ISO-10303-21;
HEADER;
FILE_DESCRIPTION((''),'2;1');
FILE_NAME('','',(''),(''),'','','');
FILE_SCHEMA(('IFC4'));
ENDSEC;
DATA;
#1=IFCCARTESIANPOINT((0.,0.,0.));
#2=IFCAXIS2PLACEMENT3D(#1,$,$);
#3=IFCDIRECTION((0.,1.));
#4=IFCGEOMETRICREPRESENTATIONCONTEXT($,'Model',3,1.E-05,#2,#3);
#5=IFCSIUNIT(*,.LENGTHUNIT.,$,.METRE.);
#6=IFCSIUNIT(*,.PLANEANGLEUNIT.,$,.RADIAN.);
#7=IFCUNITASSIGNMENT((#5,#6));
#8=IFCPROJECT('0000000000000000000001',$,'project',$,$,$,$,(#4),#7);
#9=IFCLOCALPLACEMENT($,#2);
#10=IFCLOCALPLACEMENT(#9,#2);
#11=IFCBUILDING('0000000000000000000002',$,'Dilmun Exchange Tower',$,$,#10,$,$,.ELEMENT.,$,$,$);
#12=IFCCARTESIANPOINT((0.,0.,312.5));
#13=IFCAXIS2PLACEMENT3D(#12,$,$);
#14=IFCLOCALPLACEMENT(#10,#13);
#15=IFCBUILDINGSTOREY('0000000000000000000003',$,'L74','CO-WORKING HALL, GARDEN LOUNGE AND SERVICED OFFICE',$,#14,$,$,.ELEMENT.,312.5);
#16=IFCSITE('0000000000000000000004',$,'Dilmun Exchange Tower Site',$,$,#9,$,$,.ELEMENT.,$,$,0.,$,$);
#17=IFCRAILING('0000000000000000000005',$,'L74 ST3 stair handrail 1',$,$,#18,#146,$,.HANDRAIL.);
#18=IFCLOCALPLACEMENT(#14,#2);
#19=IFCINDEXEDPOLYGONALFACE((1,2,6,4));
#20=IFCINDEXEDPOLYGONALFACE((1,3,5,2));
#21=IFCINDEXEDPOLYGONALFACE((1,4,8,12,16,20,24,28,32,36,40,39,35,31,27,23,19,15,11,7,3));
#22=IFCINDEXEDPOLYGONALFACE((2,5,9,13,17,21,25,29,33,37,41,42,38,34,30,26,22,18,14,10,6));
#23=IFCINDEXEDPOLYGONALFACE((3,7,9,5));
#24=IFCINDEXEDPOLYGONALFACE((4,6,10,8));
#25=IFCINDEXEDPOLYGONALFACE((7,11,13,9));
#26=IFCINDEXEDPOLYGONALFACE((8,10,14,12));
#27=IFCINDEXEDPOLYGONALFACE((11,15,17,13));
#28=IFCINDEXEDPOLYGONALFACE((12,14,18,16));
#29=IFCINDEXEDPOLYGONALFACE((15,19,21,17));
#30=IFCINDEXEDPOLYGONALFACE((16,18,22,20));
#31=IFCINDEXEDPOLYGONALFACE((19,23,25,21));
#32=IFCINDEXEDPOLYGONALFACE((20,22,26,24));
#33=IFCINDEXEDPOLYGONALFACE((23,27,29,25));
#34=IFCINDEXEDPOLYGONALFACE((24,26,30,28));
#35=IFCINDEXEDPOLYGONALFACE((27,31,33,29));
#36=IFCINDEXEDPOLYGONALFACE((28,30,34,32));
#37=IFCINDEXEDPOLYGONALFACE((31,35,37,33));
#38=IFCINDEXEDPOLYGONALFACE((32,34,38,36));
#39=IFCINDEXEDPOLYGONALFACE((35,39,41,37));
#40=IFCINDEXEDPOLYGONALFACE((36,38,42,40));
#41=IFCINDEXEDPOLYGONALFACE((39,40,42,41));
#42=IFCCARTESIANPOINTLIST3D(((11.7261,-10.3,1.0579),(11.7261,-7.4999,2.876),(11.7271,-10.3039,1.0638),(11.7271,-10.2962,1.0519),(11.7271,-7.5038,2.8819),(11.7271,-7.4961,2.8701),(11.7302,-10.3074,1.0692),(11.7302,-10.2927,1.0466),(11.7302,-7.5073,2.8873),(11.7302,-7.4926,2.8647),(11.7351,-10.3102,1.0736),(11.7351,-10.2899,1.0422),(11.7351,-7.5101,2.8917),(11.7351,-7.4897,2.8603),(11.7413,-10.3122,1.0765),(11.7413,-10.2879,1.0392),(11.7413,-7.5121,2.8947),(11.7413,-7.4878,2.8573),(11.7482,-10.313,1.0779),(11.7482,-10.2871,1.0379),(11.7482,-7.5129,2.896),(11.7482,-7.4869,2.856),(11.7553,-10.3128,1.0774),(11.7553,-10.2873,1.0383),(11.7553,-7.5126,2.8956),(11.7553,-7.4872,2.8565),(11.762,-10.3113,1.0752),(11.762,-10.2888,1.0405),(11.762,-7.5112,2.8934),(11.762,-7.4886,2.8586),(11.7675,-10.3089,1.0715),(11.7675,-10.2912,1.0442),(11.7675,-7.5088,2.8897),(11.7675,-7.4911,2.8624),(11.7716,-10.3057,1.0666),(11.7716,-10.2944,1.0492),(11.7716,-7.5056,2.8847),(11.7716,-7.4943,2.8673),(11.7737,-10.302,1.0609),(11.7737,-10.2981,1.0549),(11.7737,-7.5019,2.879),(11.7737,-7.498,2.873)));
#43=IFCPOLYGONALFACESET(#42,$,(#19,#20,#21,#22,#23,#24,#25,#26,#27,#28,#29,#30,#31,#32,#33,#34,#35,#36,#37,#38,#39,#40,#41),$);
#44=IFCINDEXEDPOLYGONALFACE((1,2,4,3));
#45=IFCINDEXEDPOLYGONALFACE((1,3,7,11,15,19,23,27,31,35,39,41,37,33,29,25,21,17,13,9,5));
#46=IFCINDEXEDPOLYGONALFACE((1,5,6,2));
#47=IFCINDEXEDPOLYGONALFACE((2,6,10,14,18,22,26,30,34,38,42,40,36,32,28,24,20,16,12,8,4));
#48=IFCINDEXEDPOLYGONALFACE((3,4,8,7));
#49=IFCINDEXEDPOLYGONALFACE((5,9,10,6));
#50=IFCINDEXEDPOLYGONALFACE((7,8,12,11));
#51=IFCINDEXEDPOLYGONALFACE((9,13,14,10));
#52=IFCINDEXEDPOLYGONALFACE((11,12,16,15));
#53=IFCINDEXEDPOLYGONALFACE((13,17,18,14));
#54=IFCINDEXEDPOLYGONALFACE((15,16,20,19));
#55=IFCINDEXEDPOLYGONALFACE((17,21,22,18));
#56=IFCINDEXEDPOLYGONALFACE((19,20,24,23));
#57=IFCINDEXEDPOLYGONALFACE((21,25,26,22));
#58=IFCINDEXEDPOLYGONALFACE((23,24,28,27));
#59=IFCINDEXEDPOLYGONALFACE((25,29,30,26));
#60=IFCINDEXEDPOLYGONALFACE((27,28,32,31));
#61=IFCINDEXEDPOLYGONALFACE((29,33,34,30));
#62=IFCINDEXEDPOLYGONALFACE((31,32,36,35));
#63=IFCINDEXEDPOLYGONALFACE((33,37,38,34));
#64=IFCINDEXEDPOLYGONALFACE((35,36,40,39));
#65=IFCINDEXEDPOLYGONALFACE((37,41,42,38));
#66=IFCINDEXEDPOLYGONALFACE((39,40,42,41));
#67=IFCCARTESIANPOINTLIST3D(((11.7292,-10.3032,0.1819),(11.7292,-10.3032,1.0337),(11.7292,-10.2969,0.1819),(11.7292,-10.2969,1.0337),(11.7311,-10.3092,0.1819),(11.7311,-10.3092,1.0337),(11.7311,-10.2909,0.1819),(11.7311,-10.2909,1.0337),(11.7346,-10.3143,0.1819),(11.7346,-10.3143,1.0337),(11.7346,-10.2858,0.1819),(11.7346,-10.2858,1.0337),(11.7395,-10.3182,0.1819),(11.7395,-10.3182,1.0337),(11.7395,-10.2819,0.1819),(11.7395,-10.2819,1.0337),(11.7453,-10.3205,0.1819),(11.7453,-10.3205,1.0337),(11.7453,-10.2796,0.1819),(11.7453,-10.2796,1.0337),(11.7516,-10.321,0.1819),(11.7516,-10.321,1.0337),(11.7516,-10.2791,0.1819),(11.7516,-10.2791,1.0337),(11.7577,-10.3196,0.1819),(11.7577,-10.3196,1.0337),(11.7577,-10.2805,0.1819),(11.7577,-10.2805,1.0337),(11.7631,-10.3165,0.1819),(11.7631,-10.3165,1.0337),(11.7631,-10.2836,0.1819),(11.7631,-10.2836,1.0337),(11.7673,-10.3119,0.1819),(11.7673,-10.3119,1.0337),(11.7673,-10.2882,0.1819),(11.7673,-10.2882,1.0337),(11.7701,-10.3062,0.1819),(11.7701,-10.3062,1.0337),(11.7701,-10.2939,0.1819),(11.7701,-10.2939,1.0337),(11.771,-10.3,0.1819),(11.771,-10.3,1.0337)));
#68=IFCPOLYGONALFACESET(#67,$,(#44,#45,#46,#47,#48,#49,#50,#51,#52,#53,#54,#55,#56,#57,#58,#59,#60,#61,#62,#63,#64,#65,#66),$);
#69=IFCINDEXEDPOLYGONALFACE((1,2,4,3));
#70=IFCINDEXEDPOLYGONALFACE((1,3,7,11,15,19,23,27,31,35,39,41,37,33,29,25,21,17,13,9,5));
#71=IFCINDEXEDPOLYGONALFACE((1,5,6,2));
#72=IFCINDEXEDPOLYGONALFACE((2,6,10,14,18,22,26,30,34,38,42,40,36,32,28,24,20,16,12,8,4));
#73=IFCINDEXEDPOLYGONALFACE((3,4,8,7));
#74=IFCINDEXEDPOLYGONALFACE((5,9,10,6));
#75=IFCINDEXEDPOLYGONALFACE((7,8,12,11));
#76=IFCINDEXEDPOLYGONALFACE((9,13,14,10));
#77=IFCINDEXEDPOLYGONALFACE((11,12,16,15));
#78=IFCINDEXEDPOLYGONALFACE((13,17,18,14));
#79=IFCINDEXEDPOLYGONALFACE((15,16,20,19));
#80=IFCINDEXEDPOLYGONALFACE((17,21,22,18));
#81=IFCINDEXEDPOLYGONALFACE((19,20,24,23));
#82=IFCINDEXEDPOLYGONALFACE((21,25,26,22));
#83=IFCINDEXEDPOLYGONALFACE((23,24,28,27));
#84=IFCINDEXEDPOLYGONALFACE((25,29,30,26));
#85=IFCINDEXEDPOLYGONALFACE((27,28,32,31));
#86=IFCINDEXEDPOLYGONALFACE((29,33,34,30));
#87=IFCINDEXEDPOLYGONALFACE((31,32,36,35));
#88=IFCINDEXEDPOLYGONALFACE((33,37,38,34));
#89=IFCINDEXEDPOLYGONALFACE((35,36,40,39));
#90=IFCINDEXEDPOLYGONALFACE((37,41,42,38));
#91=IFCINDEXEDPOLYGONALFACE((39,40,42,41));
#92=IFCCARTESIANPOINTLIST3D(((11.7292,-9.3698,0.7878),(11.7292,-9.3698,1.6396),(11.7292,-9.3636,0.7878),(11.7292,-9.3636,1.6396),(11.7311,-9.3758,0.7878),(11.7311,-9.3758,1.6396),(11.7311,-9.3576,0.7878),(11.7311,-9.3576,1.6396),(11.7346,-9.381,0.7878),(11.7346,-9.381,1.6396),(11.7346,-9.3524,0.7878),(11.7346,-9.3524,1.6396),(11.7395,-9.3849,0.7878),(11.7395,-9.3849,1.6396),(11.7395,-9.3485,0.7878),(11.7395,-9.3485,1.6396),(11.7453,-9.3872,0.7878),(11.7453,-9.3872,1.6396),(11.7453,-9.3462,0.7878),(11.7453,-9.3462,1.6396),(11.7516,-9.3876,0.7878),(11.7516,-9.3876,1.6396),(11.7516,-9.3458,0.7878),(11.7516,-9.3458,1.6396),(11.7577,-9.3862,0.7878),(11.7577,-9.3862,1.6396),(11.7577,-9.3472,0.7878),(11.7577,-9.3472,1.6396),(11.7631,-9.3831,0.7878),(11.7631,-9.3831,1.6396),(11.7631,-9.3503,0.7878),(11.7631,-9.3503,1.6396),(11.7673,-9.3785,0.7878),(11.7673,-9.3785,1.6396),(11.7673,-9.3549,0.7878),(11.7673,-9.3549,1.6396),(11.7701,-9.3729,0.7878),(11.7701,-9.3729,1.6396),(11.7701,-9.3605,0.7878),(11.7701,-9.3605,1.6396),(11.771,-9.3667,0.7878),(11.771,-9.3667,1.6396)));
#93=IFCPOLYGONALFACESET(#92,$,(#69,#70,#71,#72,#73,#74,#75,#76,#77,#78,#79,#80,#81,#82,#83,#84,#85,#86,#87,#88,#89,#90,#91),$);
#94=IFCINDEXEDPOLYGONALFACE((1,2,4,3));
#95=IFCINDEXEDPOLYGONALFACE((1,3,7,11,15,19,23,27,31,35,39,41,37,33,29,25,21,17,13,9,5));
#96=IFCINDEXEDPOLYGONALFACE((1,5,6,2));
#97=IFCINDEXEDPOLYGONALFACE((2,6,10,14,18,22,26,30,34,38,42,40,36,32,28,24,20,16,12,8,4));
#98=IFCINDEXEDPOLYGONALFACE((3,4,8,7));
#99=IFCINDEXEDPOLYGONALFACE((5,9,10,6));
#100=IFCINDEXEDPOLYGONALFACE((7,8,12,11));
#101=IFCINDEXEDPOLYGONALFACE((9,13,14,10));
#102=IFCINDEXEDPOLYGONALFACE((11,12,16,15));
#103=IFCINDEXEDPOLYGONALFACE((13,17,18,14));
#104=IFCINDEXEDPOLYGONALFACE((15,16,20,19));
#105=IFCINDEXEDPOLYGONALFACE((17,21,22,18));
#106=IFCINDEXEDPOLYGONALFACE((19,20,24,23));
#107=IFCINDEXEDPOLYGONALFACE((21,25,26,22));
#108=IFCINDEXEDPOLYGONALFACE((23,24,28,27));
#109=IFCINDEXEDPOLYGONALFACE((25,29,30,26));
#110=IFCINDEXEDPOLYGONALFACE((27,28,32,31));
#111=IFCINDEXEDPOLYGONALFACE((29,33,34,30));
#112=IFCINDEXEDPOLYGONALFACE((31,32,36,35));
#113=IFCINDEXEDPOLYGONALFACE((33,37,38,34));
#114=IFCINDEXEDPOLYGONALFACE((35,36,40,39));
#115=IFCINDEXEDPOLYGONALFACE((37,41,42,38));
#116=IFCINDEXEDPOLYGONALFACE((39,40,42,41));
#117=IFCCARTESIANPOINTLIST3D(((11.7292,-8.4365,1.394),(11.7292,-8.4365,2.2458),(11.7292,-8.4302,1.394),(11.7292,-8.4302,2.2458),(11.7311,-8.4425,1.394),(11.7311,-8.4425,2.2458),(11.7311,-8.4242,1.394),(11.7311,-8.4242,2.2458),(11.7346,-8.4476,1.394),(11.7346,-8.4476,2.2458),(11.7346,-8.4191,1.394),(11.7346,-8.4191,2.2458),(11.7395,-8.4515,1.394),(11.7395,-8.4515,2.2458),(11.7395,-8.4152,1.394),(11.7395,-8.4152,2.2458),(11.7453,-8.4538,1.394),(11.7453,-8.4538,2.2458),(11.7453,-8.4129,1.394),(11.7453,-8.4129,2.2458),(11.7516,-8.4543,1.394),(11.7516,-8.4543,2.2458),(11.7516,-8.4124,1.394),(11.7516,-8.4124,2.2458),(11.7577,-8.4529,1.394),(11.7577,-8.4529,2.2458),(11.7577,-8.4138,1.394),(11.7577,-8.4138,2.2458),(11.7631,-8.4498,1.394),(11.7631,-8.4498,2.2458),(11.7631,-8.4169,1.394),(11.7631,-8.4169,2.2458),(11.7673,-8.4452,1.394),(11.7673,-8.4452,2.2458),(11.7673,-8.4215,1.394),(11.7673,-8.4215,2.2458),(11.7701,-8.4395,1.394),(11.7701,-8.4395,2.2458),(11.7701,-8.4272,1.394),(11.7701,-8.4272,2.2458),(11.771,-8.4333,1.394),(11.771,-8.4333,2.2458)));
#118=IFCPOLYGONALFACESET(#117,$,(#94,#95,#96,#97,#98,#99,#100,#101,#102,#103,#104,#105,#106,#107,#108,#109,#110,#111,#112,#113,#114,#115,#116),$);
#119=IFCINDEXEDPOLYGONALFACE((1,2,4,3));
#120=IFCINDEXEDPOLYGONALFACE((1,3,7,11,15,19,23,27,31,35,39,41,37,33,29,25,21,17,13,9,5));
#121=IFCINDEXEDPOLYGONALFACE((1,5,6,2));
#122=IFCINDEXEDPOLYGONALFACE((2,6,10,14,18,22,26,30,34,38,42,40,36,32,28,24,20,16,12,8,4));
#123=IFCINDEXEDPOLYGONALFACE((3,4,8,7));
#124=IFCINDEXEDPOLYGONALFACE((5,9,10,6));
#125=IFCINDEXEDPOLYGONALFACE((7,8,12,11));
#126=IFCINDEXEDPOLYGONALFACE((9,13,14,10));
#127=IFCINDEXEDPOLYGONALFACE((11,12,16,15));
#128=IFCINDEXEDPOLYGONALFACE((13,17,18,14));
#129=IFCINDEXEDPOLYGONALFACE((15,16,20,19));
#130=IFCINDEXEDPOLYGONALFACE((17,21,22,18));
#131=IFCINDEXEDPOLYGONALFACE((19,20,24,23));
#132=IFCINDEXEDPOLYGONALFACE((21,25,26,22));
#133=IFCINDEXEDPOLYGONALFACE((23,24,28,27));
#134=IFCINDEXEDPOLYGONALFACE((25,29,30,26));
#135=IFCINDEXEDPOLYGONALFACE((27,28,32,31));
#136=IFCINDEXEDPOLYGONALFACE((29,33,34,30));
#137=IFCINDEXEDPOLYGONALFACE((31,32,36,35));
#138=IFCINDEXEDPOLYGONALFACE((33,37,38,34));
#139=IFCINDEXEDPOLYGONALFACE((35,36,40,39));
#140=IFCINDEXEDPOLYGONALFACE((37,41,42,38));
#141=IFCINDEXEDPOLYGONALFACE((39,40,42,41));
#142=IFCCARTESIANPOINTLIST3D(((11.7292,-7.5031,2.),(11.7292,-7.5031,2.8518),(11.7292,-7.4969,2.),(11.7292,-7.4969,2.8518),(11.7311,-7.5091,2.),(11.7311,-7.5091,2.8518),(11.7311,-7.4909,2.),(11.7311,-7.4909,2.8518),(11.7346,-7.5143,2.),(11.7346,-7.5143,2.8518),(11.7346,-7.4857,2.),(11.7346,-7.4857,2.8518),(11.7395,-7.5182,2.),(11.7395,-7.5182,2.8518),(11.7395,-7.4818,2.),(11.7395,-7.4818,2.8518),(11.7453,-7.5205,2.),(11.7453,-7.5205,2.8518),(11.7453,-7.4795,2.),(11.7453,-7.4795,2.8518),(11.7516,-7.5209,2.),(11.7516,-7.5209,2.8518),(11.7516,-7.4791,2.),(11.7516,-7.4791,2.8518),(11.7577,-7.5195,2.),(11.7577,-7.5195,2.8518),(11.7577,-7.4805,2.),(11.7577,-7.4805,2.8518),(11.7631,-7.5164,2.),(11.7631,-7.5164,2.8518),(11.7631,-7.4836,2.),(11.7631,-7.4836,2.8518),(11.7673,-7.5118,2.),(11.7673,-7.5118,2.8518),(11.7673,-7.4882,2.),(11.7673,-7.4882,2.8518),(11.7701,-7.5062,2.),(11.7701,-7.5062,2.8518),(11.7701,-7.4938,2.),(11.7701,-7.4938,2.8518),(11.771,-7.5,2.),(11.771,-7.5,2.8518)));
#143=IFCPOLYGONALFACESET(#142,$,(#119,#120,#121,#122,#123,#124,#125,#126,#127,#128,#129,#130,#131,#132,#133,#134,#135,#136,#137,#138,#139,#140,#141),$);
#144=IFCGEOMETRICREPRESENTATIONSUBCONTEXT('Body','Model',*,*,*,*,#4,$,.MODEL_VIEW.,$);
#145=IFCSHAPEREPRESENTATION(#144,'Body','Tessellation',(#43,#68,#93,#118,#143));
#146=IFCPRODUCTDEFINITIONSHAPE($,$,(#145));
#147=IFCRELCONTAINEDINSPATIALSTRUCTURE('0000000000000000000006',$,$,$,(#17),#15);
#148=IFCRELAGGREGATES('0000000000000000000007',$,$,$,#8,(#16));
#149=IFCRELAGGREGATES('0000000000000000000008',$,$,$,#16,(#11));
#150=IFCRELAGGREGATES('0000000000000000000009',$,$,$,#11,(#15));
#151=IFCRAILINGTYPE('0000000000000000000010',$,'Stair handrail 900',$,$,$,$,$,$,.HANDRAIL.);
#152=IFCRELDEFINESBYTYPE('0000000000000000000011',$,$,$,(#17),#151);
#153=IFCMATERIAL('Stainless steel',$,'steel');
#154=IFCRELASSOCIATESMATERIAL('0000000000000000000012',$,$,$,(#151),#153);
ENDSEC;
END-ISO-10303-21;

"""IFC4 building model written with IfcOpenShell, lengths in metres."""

from ifc_helpers import new_model, si_unit, direction, frame, origin, origin_2d, place, context, subcontext, project, spatial, circle, extrude, material, type_object, element, save


model = new_model("IFC4")

# Units and contexts
model_context = context("Model", 3, precision=1e-05, world=origin(), true_north=direction((0.0, 1.0)))
body_context = subcontext(model_context, "Body", "Model", "MODEL_VIEW")
ifc_project = project(units=[si_unit("LENGTHUNIT", "METRE"), si_unit("PLANEANGLEUNIT", "RADIAN")], contexts=[model_context])

# Site, building, storey
site_placement = place(None, origin())
site = spatial("IfcSite", under=ifc_project, at=site_placement, Name="Dilmun Exchange Tower Site", CompositionType="ELEMENT", RefElevation=0.0)
building_placement = place(site_placement, origin())
building = spatial("IfcBuilding", under=site, at=building_placement, Name="Dilmun Exchange Tower", CompositionType="ELEMENT")
storey_placement = place(building_placement, frame((0.0, 0.0, 312.5)))
storey = spatial("IfcBuildingStorey", under=building, at=storey_placement, Name="L74", Description="CO-WORKING HALL, GARDEN LOUNGE AND SERVICED OFFICE", CompositionType="ELEMENT", Elevation=312.5)

# Railing
ifc_material_1 = material(Name="Stainless steel", Category="steel")
railing_type = type_object("IfcRailingType", Name="Stair handrail 900", PredefinedType="HANDRAIL", material=ifc_material_1)
railing_placement = place(storey_placement, frame((11.75, -10.3, 0.1819)))
element("IfcRailing", 1, at=railing_placement, inside=storey, type_object=railing_type, Name="L74 ST3 stair handrail 1", PredefinedType="HANDRAIL", context=body_context, shape_type="SweptSolid", body=[
    extrude(circle(Radius=0.0239, at=origin_2d()), frame((0.0, 0.0, 0.876), z_axis=(0.0, 0.838706, 0.544585), x_axis=(-1.0, 0.0, 0.0)), (0.0, 0.0, 1.0), 3.3386),
    extrude(circle(Radius=0.021, at=origin_2d()), origin(), (0.0, 0.0, 1.0), 0.8518),
    extrude(circle(Radius=0.021, at=origin_2d()), frame((0.0, 0.9333, 0.606)), (0.0, 0.0, 1.0), 0.8518),
    extrude(circle(Radius=0.021, at=origin_2d()), frame((0.0, 1.8667, 1.2122)), (0.0, 0.0, 1.0), 0.8518),
    extrude(circle(Radius=0.021, at=origin_2d()), frame((0.0, 2.8, 1.8181)), (0.0, 0.0, 1.0), 0.8518),
])

save(model, "model.ifc")
